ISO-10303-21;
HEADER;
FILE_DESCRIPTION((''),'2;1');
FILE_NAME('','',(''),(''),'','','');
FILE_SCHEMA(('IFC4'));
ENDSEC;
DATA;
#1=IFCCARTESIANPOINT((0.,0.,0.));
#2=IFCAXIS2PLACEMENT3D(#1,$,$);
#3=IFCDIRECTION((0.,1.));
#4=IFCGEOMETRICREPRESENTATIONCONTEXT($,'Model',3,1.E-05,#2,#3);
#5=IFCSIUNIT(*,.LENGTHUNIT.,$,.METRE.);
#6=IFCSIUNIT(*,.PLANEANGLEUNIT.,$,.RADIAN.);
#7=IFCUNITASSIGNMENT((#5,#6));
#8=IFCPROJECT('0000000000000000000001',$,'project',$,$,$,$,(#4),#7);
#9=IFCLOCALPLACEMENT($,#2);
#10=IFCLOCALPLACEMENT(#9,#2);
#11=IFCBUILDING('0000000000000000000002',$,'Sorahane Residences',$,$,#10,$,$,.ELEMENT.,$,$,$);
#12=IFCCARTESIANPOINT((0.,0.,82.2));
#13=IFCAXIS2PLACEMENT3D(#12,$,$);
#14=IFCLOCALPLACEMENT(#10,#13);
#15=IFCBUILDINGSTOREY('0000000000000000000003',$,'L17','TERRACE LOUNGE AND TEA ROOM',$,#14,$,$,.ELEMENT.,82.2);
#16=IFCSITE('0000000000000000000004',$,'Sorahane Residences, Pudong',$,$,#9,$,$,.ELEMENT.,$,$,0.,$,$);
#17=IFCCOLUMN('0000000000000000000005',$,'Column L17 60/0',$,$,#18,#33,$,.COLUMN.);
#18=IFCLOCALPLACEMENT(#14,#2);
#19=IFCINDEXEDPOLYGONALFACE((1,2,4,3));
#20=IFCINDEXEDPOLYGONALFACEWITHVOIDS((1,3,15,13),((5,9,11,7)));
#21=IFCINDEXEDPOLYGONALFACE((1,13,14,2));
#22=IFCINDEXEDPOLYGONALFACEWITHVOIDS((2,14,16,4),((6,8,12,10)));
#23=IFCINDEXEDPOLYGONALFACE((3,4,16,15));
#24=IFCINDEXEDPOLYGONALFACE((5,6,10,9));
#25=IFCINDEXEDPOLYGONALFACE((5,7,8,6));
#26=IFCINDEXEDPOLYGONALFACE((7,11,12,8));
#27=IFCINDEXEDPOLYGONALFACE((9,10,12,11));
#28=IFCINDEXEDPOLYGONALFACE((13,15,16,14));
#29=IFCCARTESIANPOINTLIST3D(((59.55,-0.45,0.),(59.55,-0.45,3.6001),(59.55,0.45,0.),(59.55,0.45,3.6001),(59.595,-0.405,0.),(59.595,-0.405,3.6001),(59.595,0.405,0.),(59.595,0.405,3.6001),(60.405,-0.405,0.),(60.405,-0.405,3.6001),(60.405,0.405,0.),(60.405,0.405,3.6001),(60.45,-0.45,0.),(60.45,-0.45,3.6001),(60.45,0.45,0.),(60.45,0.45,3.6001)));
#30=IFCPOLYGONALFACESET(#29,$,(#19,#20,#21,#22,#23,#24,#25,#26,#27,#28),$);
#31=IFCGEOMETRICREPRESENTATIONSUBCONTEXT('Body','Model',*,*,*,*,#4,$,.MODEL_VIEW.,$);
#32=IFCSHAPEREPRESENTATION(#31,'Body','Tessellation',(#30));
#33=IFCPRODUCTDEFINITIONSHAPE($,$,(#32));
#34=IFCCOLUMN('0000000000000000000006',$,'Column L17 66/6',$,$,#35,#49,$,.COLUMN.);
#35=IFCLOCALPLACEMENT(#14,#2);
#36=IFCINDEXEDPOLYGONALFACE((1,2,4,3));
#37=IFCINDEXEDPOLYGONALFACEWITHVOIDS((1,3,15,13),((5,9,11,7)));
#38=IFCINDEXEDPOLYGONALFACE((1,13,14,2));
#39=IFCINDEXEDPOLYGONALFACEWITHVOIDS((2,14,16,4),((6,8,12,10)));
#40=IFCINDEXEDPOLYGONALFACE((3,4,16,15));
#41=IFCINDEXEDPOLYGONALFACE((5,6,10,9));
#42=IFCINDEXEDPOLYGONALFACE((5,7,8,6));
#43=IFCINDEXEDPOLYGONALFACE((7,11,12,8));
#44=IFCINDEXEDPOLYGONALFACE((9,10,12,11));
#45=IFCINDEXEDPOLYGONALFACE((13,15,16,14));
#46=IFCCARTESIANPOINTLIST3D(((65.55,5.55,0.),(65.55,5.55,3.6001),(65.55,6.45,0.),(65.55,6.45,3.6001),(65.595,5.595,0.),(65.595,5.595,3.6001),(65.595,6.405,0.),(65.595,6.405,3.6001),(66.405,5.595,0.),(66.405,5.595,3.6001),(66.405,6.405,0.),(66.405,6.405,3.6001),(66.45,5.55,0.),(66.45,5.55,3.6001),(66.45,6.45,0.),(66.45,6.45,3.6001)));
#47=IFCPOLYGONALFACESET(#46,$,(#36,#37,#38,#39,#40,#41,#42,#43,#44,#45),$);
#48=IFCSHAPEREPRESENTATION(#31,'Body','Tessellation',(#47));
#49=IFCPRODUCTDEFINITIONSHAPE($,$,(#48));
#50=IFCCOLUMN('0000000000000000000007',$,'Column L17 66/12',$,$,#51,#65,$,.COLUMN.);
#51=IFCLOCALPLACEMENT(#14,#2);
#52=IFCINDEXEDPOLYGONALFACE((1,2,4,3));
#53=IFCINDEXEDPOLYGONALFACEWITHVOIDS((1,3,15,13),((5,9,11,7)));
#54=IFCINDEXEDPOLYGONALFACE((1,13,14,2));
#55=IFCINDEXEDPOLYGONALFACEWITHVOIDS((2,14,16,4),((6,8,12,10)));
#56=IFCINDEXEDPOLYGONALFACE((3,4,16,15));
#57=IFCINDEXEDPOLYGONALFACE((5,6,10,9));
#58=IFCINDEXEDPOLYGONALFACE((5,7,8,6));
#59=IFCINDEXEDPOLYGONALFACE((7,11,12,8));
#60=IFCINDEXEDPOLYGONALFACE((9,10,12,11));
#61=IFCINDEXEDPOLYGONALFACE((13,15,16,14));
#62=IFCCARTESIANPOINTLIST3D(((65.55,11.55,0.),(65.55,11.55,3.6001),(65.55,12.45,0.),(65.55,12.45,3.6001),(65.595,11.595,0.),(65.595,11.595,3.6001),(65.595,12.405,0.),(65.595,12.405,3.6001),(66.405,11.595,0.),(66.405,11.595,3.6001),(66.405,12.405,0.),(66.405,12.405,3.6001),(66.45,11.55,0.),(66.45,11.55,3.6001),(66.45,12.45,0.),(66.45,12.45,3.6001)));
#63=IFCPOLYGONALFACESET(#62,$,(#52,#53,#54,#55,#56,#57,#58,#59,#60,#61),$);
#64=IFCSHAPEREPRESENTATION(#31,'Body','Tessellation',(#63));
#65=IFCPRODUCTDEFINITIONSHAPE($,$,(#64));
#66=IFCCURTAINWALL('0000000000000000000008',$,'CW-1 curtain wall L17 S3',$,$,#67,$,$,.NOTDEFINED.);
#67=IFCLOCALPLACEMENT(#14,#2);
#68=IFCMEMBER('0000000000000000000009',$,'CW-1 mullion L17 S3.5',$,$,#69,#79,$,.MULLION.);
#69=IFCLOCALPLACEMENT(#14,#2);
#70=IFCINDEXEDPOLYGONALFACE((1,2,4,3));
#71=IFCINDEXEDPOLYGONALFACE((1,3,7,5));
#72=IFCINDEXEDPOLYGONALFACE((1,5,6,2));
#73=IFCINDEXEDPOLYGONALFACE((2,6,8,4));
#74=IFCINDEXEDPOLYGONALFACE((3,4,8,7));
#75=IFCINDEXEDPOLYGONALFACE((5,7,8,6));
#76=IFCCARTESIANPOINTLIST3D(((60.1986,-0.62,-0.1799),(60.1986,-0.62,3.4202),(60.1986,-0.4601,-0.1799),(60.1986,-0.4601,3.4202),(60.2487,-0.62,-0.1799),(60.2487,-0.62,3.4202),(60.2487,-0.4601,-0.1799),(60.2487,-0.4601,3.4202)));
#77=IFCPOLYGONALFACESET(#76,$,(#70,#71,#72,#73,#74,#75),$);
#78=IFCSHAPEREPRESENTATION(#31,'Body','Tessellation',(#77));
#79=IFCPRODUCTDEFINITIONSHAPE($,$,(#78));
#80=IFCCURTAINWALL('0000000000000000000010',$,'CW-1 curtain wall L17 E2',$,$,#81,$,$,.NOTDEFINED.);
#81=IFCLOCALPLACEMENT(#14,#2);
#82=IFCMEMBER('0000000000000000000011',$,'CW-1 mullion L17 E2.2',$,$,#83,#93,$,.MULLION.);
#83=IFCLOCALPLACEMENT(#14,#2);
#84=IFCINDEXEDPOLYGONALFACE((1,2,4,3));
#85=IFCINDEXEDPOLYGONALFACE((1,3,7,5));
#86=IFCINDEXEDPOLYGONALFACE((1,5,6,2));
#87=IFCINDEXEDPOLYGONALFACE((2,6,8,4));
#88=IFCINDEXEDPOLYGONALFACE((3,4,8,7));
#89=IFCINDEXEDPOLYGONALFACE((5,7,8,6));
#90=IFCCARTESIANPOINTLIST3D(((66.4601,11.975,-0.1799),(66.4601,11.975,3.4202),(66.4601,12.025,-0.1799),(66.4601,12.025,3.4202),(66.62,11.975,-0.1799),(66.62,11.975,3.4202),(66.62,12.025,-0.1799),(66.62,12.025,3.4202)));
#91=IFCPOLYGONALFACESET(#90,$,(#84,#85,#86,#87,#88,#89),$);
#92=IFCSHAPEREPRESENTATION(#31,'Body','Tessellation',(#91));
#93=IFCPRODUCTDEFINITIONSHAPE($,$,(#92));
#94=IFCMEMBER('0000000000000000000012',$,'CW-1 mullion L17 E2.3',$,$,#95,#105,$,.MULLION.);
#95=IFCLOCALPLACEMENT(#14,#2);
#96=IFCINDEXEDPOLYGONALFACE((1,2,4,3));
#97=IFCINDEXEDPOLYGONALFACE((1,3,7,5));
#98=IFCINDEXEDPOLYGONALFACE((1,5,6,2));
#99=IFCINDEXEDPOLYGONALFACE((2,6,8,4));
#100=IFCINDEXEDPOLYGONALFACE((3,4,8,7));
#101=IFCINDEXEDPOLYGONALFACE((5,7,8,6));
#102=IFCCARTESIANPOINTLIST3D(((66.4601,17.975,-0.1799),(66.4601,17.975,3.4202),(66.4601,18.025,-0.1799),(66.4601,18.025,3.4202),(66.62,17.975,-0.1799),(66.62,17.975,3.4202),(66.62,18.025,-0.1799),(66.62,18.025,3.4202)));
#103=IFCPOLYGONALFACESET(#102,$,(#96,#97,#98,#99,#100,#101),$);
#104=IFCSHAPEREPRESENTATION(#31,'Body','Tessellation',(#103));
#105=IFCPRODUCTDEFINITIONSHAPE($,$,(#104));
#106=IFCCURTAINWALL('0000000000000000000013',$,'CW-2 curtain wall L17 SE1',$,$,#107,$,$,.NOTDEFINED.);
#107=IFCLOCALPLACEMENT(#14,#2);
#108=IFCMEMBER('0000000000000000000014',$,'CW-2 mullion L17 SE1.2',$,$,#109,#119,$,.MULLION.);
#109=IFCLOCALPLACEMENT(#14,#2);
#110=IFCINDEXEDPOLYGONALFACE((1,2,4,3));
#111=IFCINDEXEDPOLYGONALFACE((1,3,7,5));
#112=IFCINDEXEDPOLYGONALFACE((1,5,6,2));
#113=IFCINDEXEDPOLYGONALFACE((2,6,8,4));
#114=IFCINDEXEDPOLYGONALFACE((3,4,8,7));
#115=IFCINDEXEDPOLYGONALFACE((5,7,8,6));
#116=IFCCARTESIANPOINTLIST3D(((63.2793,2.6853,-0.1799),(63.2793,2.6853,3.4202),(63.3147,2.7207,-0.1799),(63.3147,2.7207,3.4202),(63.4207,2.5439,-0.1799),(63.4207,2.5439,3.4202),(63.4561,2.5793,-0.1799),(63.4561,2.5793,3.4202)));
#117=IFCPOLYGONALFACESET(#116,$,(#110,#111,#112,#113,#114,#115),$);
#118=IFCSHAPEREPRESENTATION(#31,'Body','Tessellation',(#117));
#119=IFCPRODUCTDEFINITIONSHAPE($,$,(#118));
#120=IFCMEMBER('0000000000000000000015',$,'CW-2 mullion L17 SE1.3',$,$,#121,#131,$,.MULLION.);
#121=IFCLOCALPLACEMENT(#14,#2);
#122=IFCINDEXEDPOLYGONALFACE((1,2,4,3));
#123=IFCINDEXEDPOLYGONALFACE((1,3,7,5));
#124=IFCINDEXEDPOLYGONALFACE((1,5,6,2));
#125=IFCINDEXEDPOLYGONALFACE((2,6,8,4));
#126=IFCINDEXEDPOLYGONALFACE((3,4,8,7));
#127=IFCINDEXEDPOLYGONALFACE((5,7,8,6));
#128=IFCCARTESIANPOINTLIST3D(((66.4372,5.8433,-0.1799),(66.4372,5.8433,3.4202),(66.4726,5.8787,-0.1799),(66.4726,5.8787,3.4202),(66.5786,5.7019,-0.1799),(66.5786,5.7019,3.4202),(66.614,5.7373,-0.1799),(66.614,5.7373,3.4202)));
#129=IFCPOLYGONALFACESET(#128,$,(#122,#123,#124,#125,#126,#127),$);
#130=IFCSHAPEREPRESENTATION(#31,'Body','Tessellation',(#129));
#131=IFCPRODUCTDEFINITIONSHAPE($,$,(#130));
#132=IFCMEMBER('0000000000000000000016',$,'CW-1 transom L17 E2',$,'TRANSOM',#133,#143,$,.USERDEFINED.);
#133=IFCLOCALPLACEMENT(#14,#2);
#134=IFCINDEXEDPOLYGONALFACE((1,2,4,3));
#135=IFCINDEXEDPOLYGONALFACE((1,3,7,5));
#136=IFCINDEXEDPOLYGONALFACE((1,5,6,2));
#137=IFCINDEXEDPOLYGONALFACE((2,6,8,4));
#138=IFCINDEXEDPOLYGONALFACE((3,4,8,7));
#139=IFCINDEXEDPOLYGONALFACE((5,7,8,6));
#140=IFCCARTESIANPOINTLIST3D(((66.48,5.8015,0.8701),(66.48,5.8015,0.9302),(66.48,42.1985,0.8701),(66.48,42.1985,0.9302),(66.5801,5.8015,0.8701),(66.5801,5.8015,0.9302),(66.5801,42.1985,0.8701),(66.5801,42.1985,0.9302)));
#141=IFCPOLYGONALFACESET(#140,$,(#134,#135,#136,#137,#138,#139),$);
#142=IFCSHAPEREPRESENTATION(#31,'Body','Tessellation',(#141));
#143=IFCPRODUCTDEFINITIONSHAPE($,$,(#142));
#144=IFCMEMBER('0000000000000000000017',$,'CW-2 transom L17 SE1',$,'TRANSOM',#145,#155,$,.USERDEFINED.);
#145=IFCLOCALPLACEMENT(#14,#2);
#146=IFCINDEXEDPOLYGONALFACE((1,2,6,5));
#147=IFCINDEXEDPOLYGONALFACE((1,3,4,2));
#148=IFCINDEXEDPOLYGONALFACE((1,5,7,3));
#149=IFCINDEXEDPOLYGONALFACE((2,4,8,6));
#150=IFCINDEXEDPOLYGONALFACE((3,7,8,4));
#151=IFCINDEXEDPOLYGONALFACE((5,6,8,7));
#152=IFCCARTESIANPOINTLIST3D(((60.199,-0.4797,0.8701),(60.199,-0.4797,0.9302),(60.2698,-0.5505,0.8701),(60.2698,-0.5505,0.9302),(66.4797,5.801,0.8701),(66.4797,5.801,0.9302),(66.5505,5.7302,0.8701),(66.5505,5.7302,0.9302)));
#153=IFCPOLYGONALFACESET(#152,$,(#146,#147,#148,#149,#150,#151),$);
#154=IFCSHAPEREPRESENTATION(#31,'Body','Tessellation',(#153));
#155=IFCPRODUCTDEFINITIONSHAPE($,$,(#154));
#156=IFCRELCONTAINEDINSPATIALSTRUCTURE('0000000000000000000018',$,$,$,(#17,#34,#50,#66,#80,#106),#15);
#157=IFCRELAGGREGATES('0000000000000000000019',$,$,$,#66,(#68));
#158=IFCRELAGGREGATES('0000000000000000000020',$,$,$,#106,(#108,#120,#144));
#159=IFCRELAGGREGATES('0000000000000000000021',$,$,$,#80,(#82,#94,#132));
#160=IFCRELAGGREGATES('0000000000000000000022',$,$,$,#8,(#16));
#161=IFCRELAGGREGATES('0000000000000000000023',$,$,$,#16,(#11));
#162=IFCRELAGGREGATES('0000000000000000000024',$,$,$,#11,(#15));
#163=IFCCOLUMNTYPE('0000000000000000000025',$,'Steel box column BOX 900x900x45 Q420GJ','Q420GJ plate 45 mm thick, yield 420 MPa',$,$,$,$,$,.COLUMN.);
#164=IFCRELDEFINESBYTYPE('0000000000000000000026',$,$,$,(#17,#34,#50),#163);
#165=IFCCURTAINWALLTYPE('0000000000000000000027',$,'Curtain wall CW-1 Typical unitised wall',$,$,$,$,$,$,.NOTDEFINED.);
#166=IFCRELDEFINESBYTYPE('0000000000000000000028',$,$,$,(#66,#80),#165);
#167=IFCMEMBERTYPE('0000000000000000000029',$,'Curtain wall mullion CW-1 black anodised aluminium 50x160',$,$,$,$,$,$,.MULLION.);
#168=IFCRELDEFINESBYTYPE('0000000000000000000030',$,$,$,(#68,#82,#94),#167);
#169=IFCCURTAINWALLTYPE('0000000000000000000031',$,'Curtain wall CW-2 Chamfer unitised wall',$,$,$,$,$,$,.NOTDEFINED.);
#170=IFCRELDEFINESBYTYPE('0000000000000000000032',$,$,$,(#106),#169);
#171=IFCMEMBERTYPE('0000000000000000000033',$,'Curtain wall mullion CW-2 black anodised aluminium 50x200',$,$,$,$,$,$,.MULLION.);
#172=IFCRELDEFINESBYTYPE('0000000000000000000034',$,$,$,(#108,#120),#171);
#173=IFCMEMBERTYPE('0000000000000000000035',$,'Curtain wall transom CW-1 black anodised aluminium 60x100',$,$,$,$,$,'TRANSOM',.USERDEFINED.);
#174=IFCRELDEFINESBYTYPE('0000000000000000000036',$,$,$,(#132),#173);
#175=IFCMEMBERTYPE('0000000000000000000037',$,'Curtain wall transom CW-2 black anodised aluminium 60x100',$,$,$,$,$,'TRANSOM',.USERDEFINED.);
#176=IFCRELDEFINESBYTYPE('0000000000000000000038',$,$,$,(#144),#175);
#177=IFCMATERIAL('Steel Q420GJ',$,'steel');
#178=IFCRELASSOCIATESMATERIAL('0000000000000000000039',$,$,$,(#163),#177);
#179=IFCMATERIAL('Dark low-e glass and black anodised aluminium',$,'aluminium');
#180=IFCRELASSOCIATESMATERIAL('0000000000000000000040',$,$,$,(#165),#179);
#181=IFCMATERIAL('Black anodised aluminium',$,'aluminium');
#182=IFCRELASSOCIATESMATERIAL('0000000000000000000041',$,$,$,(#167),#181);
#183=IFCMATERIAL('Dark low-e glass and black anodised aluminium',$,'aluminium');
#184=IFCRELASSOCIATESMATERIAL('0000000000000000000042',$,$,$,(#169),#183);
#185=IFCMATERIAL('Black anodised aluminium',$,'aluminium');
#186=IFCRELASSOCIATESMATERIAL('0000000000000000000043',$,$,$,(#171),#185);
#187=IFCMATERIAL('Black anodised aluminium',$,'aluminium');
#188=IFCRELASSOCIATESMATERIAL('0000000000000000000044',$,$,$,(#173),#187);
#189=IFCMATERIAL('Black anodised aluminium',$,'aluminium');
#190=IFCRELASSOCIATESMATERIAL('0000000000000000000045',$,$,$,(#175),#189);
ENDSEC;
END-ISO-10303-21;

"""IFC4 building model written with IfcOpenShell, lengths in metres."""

from ifc_helpers import new_model, si_unit, direction, frame, origin, origin_2d, place, context, subcontext, project, spatial, rectangle, hollow_rectangle, extrude, material, material_profile, profile_set, type_object, element, aggregate, save


model = new_model("IFC4")

# Units and contexts
model_context = context("Model", 3, precision=1e-05, world=origin(), true_north=direction((0.0, 1.0)))
body_context = subcontext(model_context, "Body", "Model", "MODEL_VIEW")
ifc_project = project(units=[si_unit("LENGTHUNIT", "METRE"), si_unit("PLANEANGLEUNIT", "RADIAN")], contexts=[model_context])

# Site, building, storey
site_placement = place(None, origin())
site = spatial("IfcSite", under=ifc_project, at=site_placement, Name="Sorahane Residences, Pudong", CompositionType="ELEMENT", RefElevation=0.0)
building_placement = place(site_placement, origin())
building = spatial("IfcBuilding", under=site, at=building_placement, Name="Sorahane Residences", CompositionType="ELEMENT")
storey_placement = place(building_placement, frame((0.0, 0.0, 82.2)))
storey = spatial("IfcBuildingStorey", under=building, at=storey_placement, Name="L17", Description="TERRACE LOUNGE AND TEA ROOM", CompositionType="ELEMENT", Elevation=82.2)

# Columns
ifc_material_1 = material(Name="Steel Q420GJ", Category="steel")
ifc_material_profile_1 = material_profile(ifc_material_1, hollow_rectangle(XDim=0.8999, YDim=0.8999, WallThickness=0.0449, at=origin_2d()), Name="BOX 900x900x45")
ifc_profile_set_1 = profile_set([ifc_material_profile_1], Name="Steel Q420GJ")
column_type = type_object("IfcColumnType", Name="Steel box column BOX 900x900x45 Q420GJ", Description="Q420GJ plate 45 mm thick, yield 420 MPa", PredefinedType="COLUMN", material=ifc_profile_set_1)
for number, where, z_axis, x_axis, name in (
    (1, (60.0, 0.0, 0.0), (0.0, 0.0, 1.0), (1.0, 0.0, 0.0), "Column L17 60/0"),
    (2, (66.0, 6.0, 0.0), (0.0, 0.0, 1.0), (1.0, 0.0, 0.0), "Column L17 66/6"),
    (3, (66.0, 12.0, 0.0), (0.0, 0.0, 1.0), (1.0, 0.0, 0.0), "Column L17 66/12"),
):
    element("IfcColumn", number, at=place(storey_placement, frame(where, z_axis=z_axis, x_axis=x_axis)), inside=storey, type_object=column_type, Name=name, PredefinedType="COLUMN", context=body_context, shape_type="SweptSolid", body=[
        extrude(hollow_rectangle(XDim=0.8999, YDim=0.8999, WallThickness=0.0449, at=origin_2d()), origin(), (0.0, 0.0, 1.0), 3.6001),
    ])

# Curtain wall, member
ifc_material_2 = material(Name="Dark low-e glass and black anodised aluminium", Category="aluminium")
curtain_wall_type_1 = type_object("IfcCurtainWallType", Name="Curtain wall CW-1 Typical unitised wall", PredefinedType="NOTDEFINED", material=ifc_material_2)
curtain_wall_1_placement = place(storey_placement, origin())
curtain_wall_1 = element("IfcCurtainWall", 4, at=curtain_wall_1_placement, inside=storey, type_object=curtain_wall_type_1, Name="CW-1 curtain wall L17 S3", PredefinedType="NOTDEFINED")
ifc_material_3 = material(Name="Black anodised aluminium", Category="aluminium")
ifc_material_profile_2 = material_profile(ifc_material_3, rectangle(XDim=0.1599, YDim=0.05, at=origin_2d()), Name="Curtain wall mullion CW-1 black anodised aluminium 50x160")
ifc_profile_set_2 = profile_set([ifc_material_profile_2], Name="Black anodised aluminium")
member_type_1 = type_object("IfcMemberType", Name="Curtain wall mullion CW-1 black anodised aluminium 50x160", PredefinedType="MULLION", material=ifc_profile_set_2)
member_1_placement = place(storey_placement, frame((60.2236, -0.54, -0.1799), z_axis=(0.0, 0.0, 1.0), x_axis=(0.0, -1.0, 0.0)))
member_1 = element("IfcMember", 5, at=member_1_placement, type_object=member_type_1, Name="CW-1 mullion L17 S3.5", PredefinedType="MULLION", context=body_context, shape_type="SweptSolid", body=[
    extrude(rectangle(XDim=0.1599, YDim=0.05, at=origin_2d()), origin(), (0.0, 0.0, 1.0), 3.6001),
])

# Curtain walls, members
curtain_wall_2_placement = place(storey_placement, origin())
curtain_wall_2 = element("IfcCurtainWall", 6, at=curtain_wall_2_placement, inside=storey, type_object=curtain_wall_type_1, Name="CW-1 curtain wall L17 E2", PredefinedType="NOTDEFINED")
member_2_placement = place(storey_placement, frame((66.54, 12.0, -0.1799), z_axis=(0.0, 0.0, 1.0), x_axis=(1.0, 0.0, 0.0)))
member_2 = element("IfcMember", 7, at=member_2_placement, type_object=member_type_1, Name="CW-1 mullion L17 E2.2", PredefinedType="MULLION", context=body_context, shape_type="SweptSolid", body=[
    extrude(rectangle(XDim=0.1599, YDim=0.05, at=origin_2d()), origin(), (0.0, 0.0, 1.0), 3.6001),
])
member_3_placement = place(storey_placement, frame((66.54, 18.0, -0.1799), z_axis=(0.0, 0.0, 1.0), x_axis=(1.0, 0.0, 0.0)))
member_3 = element("IfcMember", 8, at=member_3_placement, type_object=member_type_1, Name="CW-1 mullion L17 E2.3", PredefinedType="MULLION", context=body_context, shape_type="SweptSolid", body=[
    extrude(rectangle(XDim=0.1599, YDim=0.05, at=origin_2d()), origin(), (0.0, 0.0, 1.0), 3.6001),
])
ifc_material_4 = material(Name="Dark low-e glass and black anodised aluminium", Category="aluminium")
curtain_wall_type_2 = type_object("IfcCurtainWallType", Name="Curtain wall CW-2 Chamfer unitised wall", PredefinedType="NOTDEFINED", material=ifc_material_4)
curtain_wall_3_placement = place(storey_placement, origin())
curtain_wall_3 = element("IfcCurtainWall", 9, at=curtain_wall_3_placement, inside=storey, type_object=curtain_wall_type_2, Name="CW-2 curtain wall L17 SE1", PredefinedType="NOTDEFINED")
ifc_material_5 = material(Name="Black anodised aluminium", Category="aluminium")
ifc_material_profile_3 = material_profile(ifc_material_5, rectangle(XDim=0.2, YDim=0.05, at=origin_2d()), Name="Curtain wall mullion CW-2 black anodised aluminium 50x200")
ifc_profile_set_3 = profile_set([ifc_material_profile_3], Name="Black anodised aluminium")
member_type_2 = type_object("IfcMemberType", Name="Curtain wall mullion CW-2 black anodised aluminium 50x200", PredefinedType="MULLION", material=ifc_profile_set_3)
member_4_placement = place(storey_placement, frame((63.3677, 2.6323, -0.1799), z_axis=(0.0, 0.0, 1.0), x_axis=(0.707107, -0.707107, 0.0)))
member_4 = element("IfcMember", 10, at=member_4_placement, type_object=member_type_2, Name="CW-2 mullion L17 SE1.2", PredefinedType="MULLION", context=body_context, shape_type="SweptSolid", body=[
    extrude(rectangle(XDim=0.2, YDim=0.05, at=origin_2d()), origin(), (0.0, 0.0, 1.0), 3.6001),
])
member_5_placement = place(storey_placement, frame((66.5256, 5.7903, -0.1799), z_axis=(0.0, 0.0, 1.0), x_axis=(0.707107, -0.707107, 0.0)))
member_5 = element("IfcMember", 11, at=member_5_placement, type_object=member_type_2, Name="CW-2 mullion L17 SE1.3", PredefinedType="MULLION", context=body_context, shape_type="SweptSolid", body=[
    extrude(rectangle(XDim=0.2, YDim=0.05, at=origin_2d()), origin(), (0.0, 0.0, 1.0), 3.6001),
])

# Members
ifc_material_6 = material(Name="Black anodised aluminium", Category="aluminium")
ifc_material_profile_4 = material_profile(ifc_material_6, rectangle(XDim=0.1001, YDim=0.0601, at=origin_2d()), Name="Curtain wall transom CW-1 black anodised aluminium 60x100")
ifc_profile_set_4 = profile_set([ifc_material_profile_4], Name="Black anodised aluminium")
member_type_3 = type_object("IfcMemberType", Name="Curtain wall transom CW-1 black anodised aluminium 60x100", ElementType="TRANSOM", PredefinedType="USERDEFINED", material=ifc_profile_set_4)
member_6_placement = place(storey_placement, frame((66.53, 5.8015, 0.9001), z_axis=(0.0, 1.0, 0.0), x_axis=(-1.0, 0.0, 0.0)))
member_6 = element("IfcMember", 12, at=member_6_placement, type_object=member_type_3, Name="CW-1 transom L17 E2", ObjectType="TRANSOM", PredefinedType="USERDEFINED", context=body_context, shape_type="SweptSolid", body=[
    extrude(rectangle(XDim=0.1001, YDim=0.0601, at=origin_2d()), origin(), (0.0, 0.0, 1.0), 36.397),
])
ifc_material_7 = material(Name="Black anodised aluminium", Category="aluminium")
ifc_material_profile_5 = material_profile(ifc_material_7, rectangle(XDim=0.1001, YDim=0.0601, at=origin_2d()), Name="Curtain wall transom CW-2 black anodised aluminium 60x100")
ifc_profile_set_5 = profile_set([ifc_material_profile_5], Name="Black anodised aluminium")
member_type_4 = type_object("IfcMemberType", Name="Curtain wall transom CW-2 black anodised aluminium 60x100", ElementType="TRANSOM", PredefinedType="USERDEFINED", material=ifc_profile_set_5)
member_7_placement = place(storey_placement, frame((60.2344, -0.5151, 0.9001), z_axis=(0.707107, 0.707107, 0.0), x_axis=(-0.707107, 0.707107, 0.0)))
member_7 = element("IfcMember", 13, at=member_7_placement, type_object=member_type_4, Name="CW-2 transom L17 SE1", ObjectType="TRANSOM", PredefinedType="USERDEFINED", context=body_context, shape_type="SweptSolid", body=[
    extrude(rectangle(XDim=0.1001, YDim=0.0601, at=origin_2d()), origin(), (0.0, 0.0, 1.0), 8.8823),
])

aggregate(curtain_wall_1, [member_1])
aggregate(curtain_wall_3, [member_4, member_5, member_7])
aggregate(curtain_wall_2, [member_2, member_3, member_6])

save(model, "model.ifc")
